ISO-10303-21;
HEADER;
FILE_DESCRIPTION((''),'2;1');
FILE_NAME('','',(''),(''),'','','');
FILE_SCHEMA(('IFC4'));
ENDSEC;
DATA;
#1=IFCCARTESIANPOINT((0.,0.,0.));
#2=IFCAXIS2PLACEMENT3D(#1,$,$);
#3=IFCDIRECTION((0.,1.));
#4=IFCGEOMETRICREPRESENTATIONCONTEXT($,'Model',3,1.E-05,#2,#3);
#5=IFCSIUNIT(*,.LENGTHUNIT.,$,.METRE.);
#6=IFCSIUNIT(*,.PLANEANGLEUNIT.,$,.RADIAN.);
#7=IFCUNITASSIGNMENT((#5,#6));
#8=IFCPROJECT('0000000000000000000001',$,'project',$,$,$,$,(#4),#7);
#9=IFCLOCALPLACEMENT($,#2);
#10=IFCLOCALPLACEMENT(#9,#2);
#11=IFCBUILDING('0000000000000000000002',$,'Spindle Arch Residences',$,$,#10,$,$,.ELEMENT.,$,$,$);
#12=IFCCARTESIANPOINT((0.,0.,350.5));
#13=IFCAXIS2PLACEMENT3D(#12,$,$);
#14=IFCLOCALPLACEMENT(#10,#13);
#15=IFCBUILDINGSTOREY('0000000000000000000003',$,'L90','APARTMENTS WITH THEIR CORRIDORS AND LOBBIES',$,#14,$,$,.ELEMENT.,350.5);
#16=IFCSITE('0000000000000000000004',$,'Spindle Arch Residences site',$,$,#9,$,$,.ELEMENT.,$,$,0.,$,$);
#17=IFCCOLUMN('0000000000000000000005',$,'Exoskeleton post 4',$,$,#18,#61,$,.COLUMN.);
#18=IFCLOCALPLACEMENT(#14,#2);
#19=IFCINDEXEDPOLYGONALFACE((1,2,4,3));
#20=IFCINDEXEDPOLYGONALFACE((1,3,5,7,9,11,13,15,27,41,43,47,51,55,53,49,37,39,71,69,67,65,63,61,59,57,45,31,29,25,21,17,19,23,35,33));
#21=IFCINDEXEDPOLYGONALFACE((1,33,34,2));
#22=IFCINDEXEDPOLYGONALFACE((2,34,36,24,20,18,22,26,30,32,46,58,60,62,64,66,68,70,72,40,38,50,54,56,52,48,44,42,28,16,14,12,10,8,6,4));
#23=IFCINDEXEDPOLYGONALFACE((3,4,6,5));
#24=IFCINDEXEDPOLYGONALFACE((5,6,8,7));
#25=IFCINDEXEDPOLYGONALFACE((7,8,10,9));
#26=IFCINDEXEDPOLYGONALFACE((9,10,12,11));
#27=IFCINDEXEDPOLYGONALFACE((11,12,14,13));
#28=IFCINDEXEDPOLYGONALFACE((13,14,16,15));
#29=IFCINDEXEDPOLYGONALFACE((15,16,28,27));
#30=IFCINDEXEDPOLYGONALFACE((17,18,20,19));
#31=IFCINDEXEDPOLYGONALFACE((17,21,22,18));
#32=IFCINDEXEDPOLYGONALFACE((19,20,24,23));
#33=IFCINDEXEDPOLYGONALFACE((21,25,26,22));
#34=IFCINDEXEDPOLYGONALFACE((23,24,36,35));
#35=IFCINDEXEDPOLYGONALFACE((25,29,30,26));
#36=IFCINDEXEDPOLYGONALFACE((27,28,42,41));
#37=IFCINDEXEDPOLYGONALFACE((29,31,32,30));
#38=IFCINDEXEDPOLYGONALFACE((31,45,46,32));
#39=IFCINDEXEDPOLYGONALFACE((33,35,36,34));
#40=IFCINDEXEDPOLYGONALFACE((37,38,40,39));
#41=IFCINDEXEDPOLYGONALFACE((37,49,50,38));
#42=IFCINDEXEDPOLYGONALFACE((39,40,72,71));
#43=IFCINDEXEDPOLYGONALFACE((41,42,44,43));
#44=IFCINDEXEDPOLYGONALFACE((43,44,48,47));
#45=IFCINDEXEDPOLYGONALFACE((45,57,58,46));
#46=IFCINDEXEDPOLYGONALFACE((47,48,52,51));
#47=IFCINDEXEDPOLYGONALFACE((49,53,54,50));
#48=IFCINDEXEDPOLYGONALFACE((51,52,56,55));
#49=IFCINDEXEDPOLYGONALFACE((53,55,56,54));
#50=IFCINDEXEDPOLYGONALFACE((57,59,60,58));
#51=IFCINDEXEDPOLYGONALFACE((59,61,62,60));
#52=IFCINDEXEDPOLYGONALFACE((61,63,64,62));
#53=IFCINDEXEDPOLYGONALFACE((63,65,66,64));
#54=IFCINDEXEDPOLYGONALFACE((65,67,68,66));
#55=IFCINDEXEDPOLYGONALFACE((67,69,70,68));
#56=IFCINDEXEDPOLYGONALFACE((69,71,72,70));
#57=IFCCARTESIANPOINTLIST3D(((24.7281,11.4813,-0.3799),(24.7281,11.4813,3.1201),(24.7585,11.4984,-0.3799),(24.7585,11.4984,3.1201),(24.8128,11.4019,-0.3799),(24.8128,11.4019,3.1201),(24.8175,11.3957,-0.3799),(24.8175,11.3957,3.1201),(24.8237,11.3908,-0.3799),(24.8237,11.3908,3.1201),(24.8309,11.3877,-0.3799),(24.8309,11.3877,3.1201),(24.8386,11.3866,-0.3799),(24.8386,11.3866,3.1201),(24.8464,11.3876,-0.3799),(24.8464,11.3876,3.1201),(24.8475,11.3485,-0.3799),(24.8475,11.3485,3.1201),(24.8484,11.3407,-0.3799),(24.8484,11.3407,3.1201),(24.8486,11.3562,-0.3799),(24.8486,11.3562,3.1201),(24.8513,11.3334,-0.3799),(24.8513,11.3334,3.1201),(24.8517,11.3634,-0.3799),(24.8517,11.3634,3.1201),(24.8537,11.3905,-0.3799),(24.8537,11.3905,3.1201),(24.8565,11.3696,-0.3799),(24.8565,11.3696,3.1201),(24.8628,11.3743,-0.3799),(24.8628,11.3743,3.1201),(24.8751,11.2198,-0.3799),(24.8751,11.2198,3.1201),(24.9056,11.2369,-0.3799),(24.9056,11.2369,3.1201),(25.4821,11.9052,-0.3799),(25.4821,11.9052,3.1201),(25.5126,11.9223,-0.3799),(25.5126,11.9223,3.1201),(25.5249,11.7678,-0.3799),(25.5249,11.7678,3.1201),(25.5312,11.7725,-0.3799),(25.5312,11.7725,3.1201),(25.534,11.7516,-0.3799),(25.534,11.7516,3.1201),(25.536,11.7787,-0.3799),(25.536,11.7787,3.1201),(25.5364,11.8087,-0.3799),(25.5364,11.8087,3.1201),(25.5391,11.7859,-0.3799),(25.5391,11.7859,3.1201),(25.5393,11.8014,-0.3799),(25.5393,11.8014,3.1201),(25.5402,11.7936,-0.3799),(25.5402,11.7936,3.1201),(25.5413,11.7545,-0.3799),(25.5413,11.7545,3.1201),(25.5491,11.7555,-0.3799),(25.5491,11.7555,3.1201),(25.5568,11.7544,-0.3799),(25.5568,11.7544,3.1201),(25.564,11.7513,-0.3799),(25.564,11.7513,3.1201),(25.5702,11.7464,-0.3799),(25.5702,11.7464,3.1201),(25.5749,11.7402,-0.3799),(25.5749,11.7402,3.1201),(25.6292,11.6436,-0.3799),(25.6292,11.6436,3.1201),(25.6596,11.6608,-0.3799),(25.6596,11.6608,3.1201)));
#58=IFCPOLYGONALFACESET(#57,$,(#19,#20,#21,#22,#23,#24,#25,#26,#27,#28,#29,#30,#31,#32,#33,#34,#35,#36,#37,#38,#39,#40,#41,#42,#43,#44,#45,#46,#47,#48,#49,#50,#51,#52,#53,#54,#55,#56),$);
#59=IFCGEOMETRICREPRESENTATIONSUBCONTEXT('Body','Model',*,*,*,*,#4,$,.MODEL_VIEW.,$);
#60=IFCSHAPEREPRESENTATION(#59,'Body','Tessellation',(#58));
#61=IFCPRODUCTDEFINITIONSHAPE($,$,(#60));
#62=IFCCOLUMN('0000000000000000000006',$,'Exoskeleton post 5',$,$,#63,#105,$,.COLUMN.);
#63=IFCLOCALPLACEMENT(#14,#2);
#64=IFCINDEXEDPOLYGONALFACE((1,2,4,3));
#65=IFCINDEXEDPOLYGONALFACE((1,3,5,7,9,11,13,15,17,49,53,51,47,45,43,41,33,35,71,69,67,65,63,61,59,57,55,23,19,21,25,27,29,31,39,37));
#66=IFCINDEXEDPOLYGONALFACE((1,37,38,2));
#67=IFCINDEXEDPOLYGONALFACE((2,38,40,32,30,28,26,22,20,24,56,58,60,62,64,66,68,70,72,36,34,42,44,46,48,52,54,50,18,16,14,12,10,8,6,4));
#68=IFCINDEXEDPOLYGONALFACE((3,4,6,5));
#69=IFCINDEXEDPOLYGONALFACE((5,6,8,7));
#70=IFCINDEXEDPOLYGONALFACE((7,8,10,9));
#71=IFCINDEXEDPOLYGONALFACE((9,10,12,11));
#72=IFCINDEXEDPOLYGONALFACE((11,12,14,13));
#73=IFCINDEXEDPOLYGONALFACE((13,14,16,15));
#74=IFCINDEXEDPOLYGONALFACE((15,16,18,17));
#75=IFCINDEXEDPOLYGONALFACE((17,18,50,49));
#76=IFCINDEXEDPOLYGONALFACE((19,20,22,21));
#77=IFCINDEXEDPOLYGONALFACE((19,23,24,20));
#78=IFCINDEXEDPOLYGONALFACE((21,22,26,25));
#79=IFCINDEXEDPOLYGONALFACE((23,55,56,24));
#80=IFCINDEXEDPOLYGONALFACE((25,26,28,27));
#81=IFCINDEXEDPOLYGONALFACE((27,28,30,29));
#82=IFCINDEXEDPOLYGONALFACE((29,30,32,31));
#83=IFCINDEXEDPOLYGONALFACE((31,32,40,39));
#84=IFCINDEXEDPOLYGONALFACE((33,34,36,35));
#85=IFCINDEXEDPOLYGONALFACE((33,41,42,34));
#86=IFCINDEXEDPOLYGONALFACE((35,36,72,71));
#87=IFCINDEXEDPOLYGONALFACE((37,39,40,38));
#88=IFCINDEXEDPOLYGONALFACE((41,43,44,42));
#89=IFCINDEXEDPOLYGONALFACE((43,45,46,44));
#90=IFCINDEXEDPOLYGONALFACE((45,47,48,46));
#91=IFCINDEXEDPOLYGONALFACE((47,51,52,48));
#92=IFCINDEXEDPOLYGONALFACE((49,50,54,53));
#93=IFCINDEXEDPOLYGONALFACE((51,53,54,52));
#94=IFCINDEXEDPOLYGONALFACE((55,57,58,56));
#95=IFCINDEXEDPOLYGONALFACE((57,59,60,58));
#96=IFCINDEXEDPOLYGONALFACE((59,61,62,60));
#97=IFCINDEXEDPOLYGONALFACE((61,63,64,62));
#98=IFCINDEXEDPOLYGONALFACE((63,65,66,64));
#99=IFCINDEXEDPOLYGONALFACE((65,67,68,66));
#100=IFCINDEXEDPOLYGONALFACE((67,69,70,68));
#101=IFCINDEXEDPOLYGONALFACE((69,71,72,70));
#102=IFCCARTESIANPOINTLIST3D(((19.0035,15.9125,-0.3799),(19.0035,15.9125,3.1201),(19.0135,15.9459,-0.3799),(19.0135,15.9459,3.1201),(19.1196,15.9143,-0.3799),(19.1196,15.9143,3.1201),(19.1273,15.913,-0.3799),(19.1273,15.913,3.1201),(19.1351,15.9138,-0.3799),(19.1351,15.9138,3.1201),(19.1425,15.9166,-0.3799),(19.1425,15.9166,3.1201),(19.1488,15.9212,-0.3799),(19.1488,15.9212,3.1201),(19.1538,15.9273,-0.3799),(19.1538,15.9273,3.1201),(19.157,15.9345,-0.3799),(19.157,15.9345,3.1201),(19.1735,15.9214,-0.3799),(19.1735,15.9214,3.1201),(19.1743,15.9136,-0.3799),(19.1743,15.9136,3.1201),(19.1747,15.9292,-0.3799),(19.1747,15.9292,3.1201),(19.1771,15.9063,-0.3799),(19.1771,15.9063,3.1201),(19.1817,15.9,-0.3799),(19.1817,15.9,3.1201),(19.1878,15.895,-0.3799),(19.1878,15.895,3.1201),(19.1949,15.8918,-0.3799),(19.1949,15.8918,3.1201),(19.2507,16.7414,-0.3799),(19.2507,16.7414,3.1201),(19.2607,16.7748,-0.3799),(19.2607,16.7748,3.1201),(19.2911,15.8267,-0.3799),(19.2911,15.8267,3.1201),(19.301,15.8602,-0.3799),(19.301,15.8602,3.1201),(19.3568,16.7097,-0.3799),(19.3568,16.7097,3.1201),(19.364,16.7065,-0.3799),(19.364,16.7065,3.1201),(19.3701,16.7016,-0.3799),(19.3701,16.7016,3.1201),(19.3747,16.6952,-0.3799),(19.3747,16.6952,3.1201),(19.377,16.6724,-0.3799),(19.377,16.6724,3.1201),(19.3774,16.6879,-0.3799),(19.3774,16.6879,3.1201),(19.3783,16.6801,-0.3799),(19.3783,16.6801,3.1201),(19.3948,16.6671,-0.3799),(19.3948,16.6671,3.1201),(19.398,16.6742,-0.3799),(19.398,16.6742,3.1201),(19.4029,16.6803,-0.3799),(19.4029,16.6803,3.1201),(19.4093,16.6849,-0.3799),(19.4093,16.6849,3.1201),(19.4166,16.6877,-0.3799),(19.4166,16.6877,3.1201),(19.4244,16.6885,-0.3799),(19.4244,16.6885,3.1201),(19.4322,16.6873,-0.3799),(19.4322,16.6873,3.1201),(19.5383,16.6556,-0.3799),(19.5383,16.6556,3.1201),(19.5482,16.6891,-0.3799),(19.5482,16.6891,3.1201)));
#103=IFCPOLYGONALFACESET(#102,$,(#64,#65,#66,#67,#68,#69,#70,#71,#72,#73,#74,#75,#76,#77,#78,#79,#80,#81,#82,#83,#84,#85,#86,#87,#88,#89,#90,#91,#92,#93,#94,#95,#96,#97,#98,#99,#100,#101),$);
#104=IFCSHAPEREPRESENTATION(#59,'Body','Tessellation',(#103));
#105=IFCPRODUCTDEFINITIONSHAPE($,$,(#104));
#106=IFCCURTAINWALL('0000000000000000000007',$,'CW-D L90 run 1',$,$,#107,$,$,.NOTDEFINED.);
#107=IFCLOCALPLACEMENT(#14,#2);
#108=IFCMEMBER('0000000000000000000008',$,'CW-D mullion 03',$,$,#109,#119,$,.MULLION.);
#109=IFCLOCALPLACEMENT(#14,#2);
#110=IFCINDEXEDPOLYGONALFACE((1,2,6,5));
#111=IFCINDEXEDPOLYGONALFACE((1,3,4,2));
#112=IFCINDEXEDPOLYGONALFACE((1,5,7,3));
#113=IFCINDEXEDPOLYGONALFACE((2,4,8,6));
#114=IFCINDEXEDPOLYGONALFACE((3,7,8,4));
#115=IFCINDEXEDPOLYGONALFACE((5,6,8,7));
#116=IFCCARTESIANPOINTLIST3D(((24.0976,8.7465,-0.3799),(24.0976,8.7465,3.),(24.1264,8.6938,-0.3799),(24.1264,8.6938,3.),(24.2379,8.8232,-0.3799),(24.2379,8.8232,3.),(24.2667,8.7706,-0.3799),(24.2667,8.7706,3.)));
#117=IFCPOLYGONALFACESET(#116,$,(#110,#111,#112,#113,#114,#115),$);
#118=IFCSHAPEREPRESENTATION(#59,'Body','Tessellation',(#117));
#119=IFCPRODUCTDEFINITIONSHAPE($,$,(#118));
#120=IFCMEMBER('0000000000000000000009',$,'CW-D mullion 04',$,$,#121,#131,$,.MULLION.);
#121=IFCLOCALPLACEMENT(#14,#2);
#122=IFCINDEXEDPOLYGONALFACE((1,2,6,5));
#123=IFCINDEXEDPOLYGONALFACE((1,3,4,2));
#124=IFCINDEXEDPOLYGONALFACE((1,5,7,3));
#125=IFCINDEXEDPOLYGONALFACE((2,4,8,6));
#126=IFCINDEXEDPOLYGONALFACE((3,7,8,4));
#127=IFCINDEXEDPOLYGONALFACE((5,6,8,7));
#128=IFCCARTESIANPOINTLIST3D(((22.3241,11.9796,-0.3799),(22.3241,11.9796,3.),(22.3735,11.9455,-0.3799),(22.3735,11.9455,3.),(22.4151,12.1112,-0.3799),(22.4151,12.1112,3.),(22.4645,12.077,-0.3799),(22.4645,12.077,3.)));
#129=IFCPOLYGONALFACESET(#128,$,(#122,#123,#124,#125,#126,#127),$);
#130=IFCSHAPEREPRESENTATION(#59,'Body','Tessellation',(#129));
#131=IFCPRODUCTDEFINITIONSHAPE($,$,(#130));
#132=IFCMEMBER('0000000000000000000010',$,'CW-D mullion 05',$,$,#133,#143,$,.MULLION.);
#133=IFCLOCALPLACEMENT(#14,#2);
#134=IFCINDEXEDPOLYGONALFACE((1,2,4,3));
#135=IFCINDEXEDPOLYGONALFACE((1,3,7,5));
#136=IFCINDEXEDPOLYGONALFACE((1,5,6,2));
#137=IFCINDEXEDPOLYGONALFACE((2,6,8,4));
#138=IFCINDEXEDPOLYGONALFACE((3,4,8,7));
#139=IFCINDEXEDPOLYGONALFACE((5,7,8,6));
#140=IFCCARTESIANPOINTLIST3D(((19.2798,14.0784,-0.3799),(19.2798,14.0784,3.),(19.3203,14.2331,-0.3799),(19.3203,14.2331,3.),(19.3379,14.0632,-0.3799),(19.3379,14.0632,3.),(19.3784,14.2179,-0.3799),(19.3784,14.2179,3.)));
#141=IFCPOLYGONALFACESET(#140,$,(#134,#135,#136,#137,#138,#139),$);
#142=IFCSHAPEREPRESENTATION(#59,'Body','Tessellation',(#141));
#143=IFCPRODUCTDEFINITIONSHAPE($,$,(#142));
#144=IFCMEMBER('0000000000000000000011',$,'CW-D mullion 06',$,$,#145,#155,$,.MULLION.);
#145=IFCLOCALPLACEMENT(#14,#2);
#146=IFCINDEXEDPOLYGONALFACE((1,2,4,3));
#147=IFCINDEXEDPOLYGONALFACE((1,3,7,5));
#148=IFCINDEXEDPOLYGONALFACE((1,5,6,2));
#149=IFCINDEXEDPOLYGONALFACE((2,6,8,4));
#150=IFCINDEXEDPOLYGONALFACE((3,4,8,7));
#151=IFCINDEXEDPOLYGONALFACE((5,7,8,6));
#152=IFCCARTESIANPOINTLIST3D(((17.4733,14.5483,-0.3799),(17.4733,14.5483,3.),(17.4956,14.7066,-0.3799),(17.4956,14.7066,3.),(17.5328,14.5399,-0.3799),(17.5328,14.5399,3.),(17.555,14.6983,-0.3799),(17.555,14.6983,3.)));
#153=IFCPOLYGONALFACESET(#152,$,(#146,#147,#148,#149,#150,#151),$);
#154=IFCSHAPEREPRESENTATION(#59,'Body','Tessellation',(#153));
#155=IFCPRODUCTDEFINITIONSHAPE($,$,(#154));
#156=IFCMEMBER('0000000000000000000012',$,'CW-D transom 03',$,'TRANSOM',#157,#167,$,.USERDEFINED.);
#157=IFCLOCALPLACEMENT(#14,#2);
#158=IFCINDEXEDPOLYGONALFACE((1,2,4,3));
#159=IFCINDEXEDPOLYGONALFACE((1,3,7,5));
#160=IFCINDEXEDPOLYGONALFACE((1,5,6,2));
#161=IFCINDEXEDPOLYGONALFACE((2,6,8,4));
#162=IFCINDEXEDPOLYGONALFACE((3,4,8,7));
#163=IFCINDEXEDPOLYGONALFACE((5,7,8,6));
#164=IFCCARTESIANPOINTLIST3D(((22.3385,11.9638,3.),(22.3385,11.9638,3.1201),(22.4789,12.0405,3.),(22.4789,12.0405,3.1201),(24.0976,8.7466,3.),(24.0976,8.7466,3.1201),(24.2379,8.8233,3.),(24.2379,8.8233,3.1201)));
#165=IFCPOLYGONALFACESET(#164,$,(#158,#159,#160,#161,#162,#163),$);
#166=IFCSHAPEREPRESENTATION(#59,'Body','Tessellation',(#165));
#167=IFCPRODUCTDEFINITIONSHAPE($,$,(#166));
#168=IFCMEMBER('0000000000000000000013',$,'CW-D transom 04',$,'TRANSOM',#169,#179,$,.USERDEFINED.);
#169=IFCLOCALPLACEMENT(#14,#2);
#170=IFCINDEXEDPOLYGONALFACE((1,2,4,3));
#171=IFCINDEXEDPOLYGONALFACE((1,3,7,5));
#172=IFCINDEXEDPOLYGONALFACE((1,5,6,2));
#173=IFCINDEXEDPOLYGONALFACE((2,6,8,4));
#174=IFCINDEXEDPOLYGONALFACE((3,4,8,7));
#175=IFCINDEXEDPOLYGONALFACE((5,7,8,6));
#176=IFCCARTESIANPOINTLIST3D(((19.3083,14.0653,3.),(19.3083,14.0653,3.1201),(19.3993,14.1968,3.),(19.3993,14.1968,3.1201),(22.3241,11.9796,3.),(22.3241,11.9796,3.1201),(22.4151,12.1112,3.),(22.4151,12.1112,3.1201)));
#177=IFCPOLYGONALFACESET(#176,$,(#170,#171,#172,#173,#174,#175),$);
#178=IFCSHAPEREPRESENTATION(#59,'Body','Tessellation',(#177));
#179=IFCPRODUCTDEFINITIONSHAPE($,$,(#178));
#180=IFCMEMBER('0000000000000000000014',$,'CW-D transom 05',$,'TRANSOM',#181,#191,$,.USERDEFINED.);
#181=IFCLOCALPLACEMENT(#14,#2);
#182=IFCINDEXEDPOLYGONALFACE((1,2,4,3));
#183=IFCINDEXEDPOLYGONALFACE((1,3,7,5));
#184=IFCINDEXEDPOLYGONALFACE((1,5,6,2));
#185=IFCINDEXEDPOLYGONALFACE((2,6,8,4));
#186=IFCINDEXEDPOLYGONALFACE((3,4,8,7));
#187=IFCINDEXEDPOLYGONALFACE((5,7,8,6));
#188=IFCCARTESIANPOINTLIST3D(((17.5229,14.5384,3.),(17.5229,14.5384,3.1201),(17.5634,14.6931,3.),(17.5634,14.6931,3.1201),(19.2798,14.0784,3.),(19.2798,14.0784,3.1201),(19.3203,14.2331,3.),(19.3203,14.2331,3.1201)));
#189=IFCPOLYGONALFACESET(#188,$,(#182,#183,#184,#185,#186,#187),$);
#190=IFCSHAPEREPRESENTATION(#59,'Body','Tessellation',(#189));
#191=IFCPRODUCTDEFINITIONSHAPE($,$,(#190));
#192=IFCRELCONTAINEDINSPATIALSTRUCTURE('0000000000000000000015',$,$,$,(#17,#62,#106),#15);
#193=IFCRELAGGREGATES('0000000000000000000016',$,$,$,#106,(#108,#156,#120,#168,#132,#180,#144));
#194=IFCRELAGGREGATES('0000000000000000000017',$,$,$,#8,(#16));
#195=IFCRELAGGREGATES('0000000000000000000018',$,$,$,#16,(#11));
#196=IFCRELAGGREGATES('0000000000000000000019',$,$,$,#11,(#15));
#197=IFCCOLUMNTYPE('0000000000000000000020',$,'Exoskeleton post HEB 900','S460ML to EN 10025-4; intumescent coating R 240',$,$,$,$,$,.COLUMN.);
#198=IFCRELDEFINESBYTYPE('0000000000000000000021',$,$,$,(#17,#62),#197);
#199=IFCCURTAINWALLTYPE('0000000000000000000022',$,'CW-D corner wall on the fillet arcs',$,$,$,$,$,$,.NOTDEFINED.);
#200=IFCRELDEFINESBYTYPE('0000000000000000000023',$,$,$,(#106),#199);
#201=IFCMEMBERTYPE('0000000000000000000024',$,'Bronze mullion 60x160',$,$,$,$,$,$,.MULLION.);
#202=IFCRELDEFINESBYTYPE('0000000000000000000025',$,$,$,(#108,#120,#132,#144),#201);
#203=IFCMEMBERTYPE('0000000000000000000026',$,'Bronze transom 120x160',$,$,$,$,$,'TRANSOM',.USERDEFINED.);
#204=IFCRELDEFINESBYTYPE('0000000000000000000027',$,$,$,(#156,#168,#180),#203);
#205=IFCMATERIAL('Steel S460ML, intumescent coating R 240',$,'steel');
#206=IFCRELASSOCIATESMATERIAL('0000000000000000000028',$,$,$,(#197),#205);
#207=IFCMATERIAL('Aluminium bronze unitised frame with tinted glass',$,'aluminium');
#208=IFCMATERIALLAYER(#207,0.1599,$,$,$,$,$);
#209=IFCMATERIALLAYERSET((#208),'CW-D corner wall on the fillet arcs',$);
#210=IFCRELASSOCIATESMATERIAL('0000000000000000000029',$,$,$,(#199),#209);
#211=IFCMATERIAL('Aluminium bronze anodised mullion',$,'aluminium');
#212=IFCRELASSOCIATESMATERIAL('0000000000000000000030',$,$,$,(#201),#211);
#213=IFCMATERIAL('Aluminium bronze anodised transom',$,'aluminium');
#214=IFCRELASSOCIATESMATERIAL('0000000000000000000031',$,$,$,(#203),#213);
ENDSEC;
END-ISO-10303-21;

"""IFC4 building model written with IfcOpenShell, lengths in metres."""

from ifc_helpers import new_model, si_unit, direction, frame, origin, origin_2d, place, context, subcontext, project, spatial, rectangle, i_section, extrude, material, layer, layer_set, material_profile, profile_set, type_object, element, aggregate, save


model = new_model("IFC4")

# Units and contexts
model_context = context("Model", 3, precision=1e-05, world=origin(), true_north=direction((0.0, 1.0)))
body_context = subcontext(model_context, "Body", "Model", "MODEL_VIEW")
ifc_project = project(units=[si_unit("LENGTHUNIT", "METRE"), si_unit("PLANEANGLEUNIT", "RADIAN")], contexts=[model_context])

# Site, building, storey
site_placement = place(None, origin())
site = spatial("IfcSite", under=ifc_project, at=site_placement, Name="Spindle Arch Residences site", CompositionType="ELEMENT", RefElevation=0.0)
building_placement = place(site_placement, origin())
building = spatial("IfcBuilding", under=site, at=building_placement, Name="Spindle Arch Residences", CompositionType="ELEMENT")
storey_placement = place(building_placement, frame((0.0, 0.0, 350.5)))
storey = spatial("IfcBuildingStorey", under=building, at=storey_placement, Name="L90", Description="APARTMENTS WITH THEIR CORRIDORS AND LOBBIES", CompositionType="ELEMENT", Elevation=350.5)

# Columns
ifc_material_1 = material(Name="Steel S460ML, intumescent coating R 240", Category="steel")
ifc_material_profile_1 = material_profile(ifc_material_1, i_section(OverallWidth=0.3, OverallDepth=0.8999, WebThickness=0.0186, FlangeThickness=0.0349, FilletRadius=0.03, at=origin_2d()), Name="HEB 900")
ifc_profile_set_1 = profile_set([ifc_material_profile_1], Name="Steel S460ML, intumescent coating R 240")
column_type = type_object("IfcColumnType", Name="Exoskeleton post HEB 900", Description="S460ML to EN 10025-4; intumescent coating R 240", PredefinedType="COLUMN", material=ifc_profile_set_1)
for number, where, z_axis, x_axis, name in (
    (1, (25.1938, 11.571, -0.3799), (0.0, 0.0, 1.0), (0.490024, -0.871709, 0.0), "Exoskeleton post 4"),
    (2, (19.2759, 16.3008, -0.3799), (0.0, 0.0, 1.0), (0.958298, -0.285769, 0.0), "Exoskeleton post 5"),
):
    element("IfcColumn", number, at=place(storey_placement, frame(where, z_axis=z_axis, x_axis=x_axis)), inside=storey, type_object=column_type, Name=name, PredefinedType="COLUMN", context=body_context, shape_type="SweptSolid", body=[
        extrude(i_section(OverallWidth=0.3, OverallDepth=0.8999, WebThickness=0.0186, FlangeThickness=0.0349, FilletRadius=0.03, at=origin_2d()), origin(), (0.0, 0.0, 1.0), 3.5),
    ])

# Curtain wall, members
ifc_material_2 = material(Name="Aluminium bronze unitised frame with tinted glass", Category="aluminium")
ifc_layer_1 = layer(ifc_material_2, 0.1599)
ifc_layer_set_1 = layer_set([ifc_layer_1], Name="CW-D corner wall on the fillet arcs")
curtain_wall_type = type_object("IfcCurtainWallType", Name="CW-D corner wall on the fillet arcs", PredefinedType="NOTDEFINED", material=ifc_layer_set_1)
curtain_wall_placement = place(storey_placement, origin())
curtain_wall = element("IfcCurtainWall", 3, at=curtain_wall_placement, inside=storey, type_object=curtain_wall_type, Name="CW-D L90 run 1", PredefinedType="NOTDEFINED")
ifc_material_3 = material(Name="Aluminium bronze anodised mullion", Category="aluminium")
ifc_material_profile_2 = material_profile(ifc_material_3, rectangle(XDim=0.1599, YDim=0.0601, at=origin_2d()), Name="MU 60x160")
ifc_profile_set_2 = profile_set([ifc_material_profile_2], Name="Aluminium bronze anodised mullion")
member_type_1 = type_object("IfcMemberType", Name="Bronze mullion 60x160", PredefinedType="MULLION", material=ifc_profile_set_2)
member_1_placement = place(storey_placement, frame((24.1821, 8.7585, -0.3799), z_axis=(0.0, 0.0, 1.0), x_axis=(-0.877425, -0.479713, 0.0)))
member_1 = element("IfcMember", 4, at=member_1_placement, type_object=member_type_1, Name="CW-D mullion 03", PredefinedType="MULLION", context=body_context, shape_type="SweptSolid", body=[
    extrude(rectangle(XDim=0.1599, YDim=0.0601, at=origin_2d()), origin(), (0.0, 0.0, 1.0), 3.3799),
])
member_2_placement = place(storey_placement, frame((22.3943, 12.0283, -0.3799), z_axis=(0.0, 0.0, 1.0), x_axis=(-0.568801, -0.822475, 0.0)))
member_2 = element("IfcMember", 5, at=member_2_placement, type_object=member_type_1, Name="CW-D mullion 04", PredefinedType="MULLION", context=body_context, shape_type="SweptSolid", body=[
    extrude(rectangle(XDim=0.1599, YDim=0.0601, at=origin_2d()), origin(), (0.0, 0.0, 1.0), 3.3799),
])
member_3_placement = place(storey_placement, frame((19.3291, 14.1482, -0.3799), z_axis=(0.0, 0.0, 1.0), x_axis=(-0.253195, -0.967415, 0.0)))
member_3 = element("IfcMember", 6, at=member_3_placement, type_object=member_type_1, Name="CW-D mullion 05", PredefinedType="MULLION", context=body_context, shape_type="SweptSolid", body=[
    extrude(rectangle(XDim=0.1599, YDim=0.0601, at=origin_2d()), origin(), (0.0, 0.0, 1.0), 3.3799),
])
member_4_placement = place(storey_placement, frame((17.5142, 14.6233, -0.3799), z_axis=(0.0, 0.0, 1.0), x_axis=(-0.139173, -0.990268, 0.0)))
member_4 = element("IfcMember", 7, at=member_4_placement, type_object=member_type_1, Name="CW-D mullion 06", PredefinedType="MULLION", context=body_context, shape_type="SweptSolid", body=[
    extrude(rectangle(XDim=0.1599, YDim=0.0601, at=origin_2d()), origin(), (0.0, 0.0, 1.0), 3.3799),
])
ifc_material_4 = material(Name="Aluminium bronze anodised transom", Category="aluminium")
ifc_material_profile_3 = material_profile(ifc_material_4, rectangle(XDim=0.1599, YDim=0.1201, at=origin_2d()), Name="TR 120x160")
ifc_profile_set_3 = profile_set([ifc_material_profile_3], Name="Aluminium bronze anodised transom")
member_type_2 = type_object("IfcMemberType", Name="Bronze transom 120x160", ElementType="TRANSOM", PredefinedType="USERDEFINED", material=ifc_profile_set_3)
member_5_placement = place(storey_placement, frame((24.1677, 8.7849, 3.0601), z_axis=(-0.479724, 0.877419, 0.0), x_axis=(-0.877419, -0.479724, 0.0)))
member_5 = element("IfcMember", 8, at=member_5_placement, type_object=member_type_2, Name="CW-D transom 03", ObjectType="TRANSOM", PredefinedType="USERDEFINED", context=body_context, shape_type="SweptSolid", body=[
    extrude(rectangle(XDim=0.1599, YDim=0.1201, at=origin_2d()), origin(), (0.0, 0.0, 1.0), 3.6667),
])
member_6_placement = place(storey_placement, frame((22.3696, 12.0454, 3.0601), z_axis=(-0.822475, 0.568801, 0.0), x_axis=(-0.568801, -0.822475, 0.0)))
member_6 = element("IfcMember", 9, at=member_6_placement, type_object=member_type_2, Name="CW-D transom 04", ObjectType="TRANSOM", PredefinedType="USERDEFINED", context=body_context, shape_type="SweptSolid", body=[
    extrude(rectangle(XDim=0.1599, YDim=0.1201, at=origin_2d()), origin(), (0.0, 0.0, 1.0), 3.6667),
])
member_7_placement = place(storey_placement, frame((19.3, 14.1558, 3.0601), z_axis=(-0.967394, 0.253276, 0.0), x_axis=(-0.253276, -0.967394, 0.0)))
member_7 = element("IfcMember", 10, at=member_7_placement, type_object=member_type_2, Name="CW-D transom 05", ObjectType="TRANSOM", PredefinedType="USERDEFINED", context=body_context, shape_type="SweptSolid", body=[
    extrude(rectangle(XDim=0.1599, YDim=0.1201, at=origin_2d()), origin(), (0.0, 0.0, 1.0), 1.8162),
])

aggregate(curtain_wall, [member_1, member_5, member_2, member_6, member_3, member_7, member_4])

save(model, "model.ifc")
